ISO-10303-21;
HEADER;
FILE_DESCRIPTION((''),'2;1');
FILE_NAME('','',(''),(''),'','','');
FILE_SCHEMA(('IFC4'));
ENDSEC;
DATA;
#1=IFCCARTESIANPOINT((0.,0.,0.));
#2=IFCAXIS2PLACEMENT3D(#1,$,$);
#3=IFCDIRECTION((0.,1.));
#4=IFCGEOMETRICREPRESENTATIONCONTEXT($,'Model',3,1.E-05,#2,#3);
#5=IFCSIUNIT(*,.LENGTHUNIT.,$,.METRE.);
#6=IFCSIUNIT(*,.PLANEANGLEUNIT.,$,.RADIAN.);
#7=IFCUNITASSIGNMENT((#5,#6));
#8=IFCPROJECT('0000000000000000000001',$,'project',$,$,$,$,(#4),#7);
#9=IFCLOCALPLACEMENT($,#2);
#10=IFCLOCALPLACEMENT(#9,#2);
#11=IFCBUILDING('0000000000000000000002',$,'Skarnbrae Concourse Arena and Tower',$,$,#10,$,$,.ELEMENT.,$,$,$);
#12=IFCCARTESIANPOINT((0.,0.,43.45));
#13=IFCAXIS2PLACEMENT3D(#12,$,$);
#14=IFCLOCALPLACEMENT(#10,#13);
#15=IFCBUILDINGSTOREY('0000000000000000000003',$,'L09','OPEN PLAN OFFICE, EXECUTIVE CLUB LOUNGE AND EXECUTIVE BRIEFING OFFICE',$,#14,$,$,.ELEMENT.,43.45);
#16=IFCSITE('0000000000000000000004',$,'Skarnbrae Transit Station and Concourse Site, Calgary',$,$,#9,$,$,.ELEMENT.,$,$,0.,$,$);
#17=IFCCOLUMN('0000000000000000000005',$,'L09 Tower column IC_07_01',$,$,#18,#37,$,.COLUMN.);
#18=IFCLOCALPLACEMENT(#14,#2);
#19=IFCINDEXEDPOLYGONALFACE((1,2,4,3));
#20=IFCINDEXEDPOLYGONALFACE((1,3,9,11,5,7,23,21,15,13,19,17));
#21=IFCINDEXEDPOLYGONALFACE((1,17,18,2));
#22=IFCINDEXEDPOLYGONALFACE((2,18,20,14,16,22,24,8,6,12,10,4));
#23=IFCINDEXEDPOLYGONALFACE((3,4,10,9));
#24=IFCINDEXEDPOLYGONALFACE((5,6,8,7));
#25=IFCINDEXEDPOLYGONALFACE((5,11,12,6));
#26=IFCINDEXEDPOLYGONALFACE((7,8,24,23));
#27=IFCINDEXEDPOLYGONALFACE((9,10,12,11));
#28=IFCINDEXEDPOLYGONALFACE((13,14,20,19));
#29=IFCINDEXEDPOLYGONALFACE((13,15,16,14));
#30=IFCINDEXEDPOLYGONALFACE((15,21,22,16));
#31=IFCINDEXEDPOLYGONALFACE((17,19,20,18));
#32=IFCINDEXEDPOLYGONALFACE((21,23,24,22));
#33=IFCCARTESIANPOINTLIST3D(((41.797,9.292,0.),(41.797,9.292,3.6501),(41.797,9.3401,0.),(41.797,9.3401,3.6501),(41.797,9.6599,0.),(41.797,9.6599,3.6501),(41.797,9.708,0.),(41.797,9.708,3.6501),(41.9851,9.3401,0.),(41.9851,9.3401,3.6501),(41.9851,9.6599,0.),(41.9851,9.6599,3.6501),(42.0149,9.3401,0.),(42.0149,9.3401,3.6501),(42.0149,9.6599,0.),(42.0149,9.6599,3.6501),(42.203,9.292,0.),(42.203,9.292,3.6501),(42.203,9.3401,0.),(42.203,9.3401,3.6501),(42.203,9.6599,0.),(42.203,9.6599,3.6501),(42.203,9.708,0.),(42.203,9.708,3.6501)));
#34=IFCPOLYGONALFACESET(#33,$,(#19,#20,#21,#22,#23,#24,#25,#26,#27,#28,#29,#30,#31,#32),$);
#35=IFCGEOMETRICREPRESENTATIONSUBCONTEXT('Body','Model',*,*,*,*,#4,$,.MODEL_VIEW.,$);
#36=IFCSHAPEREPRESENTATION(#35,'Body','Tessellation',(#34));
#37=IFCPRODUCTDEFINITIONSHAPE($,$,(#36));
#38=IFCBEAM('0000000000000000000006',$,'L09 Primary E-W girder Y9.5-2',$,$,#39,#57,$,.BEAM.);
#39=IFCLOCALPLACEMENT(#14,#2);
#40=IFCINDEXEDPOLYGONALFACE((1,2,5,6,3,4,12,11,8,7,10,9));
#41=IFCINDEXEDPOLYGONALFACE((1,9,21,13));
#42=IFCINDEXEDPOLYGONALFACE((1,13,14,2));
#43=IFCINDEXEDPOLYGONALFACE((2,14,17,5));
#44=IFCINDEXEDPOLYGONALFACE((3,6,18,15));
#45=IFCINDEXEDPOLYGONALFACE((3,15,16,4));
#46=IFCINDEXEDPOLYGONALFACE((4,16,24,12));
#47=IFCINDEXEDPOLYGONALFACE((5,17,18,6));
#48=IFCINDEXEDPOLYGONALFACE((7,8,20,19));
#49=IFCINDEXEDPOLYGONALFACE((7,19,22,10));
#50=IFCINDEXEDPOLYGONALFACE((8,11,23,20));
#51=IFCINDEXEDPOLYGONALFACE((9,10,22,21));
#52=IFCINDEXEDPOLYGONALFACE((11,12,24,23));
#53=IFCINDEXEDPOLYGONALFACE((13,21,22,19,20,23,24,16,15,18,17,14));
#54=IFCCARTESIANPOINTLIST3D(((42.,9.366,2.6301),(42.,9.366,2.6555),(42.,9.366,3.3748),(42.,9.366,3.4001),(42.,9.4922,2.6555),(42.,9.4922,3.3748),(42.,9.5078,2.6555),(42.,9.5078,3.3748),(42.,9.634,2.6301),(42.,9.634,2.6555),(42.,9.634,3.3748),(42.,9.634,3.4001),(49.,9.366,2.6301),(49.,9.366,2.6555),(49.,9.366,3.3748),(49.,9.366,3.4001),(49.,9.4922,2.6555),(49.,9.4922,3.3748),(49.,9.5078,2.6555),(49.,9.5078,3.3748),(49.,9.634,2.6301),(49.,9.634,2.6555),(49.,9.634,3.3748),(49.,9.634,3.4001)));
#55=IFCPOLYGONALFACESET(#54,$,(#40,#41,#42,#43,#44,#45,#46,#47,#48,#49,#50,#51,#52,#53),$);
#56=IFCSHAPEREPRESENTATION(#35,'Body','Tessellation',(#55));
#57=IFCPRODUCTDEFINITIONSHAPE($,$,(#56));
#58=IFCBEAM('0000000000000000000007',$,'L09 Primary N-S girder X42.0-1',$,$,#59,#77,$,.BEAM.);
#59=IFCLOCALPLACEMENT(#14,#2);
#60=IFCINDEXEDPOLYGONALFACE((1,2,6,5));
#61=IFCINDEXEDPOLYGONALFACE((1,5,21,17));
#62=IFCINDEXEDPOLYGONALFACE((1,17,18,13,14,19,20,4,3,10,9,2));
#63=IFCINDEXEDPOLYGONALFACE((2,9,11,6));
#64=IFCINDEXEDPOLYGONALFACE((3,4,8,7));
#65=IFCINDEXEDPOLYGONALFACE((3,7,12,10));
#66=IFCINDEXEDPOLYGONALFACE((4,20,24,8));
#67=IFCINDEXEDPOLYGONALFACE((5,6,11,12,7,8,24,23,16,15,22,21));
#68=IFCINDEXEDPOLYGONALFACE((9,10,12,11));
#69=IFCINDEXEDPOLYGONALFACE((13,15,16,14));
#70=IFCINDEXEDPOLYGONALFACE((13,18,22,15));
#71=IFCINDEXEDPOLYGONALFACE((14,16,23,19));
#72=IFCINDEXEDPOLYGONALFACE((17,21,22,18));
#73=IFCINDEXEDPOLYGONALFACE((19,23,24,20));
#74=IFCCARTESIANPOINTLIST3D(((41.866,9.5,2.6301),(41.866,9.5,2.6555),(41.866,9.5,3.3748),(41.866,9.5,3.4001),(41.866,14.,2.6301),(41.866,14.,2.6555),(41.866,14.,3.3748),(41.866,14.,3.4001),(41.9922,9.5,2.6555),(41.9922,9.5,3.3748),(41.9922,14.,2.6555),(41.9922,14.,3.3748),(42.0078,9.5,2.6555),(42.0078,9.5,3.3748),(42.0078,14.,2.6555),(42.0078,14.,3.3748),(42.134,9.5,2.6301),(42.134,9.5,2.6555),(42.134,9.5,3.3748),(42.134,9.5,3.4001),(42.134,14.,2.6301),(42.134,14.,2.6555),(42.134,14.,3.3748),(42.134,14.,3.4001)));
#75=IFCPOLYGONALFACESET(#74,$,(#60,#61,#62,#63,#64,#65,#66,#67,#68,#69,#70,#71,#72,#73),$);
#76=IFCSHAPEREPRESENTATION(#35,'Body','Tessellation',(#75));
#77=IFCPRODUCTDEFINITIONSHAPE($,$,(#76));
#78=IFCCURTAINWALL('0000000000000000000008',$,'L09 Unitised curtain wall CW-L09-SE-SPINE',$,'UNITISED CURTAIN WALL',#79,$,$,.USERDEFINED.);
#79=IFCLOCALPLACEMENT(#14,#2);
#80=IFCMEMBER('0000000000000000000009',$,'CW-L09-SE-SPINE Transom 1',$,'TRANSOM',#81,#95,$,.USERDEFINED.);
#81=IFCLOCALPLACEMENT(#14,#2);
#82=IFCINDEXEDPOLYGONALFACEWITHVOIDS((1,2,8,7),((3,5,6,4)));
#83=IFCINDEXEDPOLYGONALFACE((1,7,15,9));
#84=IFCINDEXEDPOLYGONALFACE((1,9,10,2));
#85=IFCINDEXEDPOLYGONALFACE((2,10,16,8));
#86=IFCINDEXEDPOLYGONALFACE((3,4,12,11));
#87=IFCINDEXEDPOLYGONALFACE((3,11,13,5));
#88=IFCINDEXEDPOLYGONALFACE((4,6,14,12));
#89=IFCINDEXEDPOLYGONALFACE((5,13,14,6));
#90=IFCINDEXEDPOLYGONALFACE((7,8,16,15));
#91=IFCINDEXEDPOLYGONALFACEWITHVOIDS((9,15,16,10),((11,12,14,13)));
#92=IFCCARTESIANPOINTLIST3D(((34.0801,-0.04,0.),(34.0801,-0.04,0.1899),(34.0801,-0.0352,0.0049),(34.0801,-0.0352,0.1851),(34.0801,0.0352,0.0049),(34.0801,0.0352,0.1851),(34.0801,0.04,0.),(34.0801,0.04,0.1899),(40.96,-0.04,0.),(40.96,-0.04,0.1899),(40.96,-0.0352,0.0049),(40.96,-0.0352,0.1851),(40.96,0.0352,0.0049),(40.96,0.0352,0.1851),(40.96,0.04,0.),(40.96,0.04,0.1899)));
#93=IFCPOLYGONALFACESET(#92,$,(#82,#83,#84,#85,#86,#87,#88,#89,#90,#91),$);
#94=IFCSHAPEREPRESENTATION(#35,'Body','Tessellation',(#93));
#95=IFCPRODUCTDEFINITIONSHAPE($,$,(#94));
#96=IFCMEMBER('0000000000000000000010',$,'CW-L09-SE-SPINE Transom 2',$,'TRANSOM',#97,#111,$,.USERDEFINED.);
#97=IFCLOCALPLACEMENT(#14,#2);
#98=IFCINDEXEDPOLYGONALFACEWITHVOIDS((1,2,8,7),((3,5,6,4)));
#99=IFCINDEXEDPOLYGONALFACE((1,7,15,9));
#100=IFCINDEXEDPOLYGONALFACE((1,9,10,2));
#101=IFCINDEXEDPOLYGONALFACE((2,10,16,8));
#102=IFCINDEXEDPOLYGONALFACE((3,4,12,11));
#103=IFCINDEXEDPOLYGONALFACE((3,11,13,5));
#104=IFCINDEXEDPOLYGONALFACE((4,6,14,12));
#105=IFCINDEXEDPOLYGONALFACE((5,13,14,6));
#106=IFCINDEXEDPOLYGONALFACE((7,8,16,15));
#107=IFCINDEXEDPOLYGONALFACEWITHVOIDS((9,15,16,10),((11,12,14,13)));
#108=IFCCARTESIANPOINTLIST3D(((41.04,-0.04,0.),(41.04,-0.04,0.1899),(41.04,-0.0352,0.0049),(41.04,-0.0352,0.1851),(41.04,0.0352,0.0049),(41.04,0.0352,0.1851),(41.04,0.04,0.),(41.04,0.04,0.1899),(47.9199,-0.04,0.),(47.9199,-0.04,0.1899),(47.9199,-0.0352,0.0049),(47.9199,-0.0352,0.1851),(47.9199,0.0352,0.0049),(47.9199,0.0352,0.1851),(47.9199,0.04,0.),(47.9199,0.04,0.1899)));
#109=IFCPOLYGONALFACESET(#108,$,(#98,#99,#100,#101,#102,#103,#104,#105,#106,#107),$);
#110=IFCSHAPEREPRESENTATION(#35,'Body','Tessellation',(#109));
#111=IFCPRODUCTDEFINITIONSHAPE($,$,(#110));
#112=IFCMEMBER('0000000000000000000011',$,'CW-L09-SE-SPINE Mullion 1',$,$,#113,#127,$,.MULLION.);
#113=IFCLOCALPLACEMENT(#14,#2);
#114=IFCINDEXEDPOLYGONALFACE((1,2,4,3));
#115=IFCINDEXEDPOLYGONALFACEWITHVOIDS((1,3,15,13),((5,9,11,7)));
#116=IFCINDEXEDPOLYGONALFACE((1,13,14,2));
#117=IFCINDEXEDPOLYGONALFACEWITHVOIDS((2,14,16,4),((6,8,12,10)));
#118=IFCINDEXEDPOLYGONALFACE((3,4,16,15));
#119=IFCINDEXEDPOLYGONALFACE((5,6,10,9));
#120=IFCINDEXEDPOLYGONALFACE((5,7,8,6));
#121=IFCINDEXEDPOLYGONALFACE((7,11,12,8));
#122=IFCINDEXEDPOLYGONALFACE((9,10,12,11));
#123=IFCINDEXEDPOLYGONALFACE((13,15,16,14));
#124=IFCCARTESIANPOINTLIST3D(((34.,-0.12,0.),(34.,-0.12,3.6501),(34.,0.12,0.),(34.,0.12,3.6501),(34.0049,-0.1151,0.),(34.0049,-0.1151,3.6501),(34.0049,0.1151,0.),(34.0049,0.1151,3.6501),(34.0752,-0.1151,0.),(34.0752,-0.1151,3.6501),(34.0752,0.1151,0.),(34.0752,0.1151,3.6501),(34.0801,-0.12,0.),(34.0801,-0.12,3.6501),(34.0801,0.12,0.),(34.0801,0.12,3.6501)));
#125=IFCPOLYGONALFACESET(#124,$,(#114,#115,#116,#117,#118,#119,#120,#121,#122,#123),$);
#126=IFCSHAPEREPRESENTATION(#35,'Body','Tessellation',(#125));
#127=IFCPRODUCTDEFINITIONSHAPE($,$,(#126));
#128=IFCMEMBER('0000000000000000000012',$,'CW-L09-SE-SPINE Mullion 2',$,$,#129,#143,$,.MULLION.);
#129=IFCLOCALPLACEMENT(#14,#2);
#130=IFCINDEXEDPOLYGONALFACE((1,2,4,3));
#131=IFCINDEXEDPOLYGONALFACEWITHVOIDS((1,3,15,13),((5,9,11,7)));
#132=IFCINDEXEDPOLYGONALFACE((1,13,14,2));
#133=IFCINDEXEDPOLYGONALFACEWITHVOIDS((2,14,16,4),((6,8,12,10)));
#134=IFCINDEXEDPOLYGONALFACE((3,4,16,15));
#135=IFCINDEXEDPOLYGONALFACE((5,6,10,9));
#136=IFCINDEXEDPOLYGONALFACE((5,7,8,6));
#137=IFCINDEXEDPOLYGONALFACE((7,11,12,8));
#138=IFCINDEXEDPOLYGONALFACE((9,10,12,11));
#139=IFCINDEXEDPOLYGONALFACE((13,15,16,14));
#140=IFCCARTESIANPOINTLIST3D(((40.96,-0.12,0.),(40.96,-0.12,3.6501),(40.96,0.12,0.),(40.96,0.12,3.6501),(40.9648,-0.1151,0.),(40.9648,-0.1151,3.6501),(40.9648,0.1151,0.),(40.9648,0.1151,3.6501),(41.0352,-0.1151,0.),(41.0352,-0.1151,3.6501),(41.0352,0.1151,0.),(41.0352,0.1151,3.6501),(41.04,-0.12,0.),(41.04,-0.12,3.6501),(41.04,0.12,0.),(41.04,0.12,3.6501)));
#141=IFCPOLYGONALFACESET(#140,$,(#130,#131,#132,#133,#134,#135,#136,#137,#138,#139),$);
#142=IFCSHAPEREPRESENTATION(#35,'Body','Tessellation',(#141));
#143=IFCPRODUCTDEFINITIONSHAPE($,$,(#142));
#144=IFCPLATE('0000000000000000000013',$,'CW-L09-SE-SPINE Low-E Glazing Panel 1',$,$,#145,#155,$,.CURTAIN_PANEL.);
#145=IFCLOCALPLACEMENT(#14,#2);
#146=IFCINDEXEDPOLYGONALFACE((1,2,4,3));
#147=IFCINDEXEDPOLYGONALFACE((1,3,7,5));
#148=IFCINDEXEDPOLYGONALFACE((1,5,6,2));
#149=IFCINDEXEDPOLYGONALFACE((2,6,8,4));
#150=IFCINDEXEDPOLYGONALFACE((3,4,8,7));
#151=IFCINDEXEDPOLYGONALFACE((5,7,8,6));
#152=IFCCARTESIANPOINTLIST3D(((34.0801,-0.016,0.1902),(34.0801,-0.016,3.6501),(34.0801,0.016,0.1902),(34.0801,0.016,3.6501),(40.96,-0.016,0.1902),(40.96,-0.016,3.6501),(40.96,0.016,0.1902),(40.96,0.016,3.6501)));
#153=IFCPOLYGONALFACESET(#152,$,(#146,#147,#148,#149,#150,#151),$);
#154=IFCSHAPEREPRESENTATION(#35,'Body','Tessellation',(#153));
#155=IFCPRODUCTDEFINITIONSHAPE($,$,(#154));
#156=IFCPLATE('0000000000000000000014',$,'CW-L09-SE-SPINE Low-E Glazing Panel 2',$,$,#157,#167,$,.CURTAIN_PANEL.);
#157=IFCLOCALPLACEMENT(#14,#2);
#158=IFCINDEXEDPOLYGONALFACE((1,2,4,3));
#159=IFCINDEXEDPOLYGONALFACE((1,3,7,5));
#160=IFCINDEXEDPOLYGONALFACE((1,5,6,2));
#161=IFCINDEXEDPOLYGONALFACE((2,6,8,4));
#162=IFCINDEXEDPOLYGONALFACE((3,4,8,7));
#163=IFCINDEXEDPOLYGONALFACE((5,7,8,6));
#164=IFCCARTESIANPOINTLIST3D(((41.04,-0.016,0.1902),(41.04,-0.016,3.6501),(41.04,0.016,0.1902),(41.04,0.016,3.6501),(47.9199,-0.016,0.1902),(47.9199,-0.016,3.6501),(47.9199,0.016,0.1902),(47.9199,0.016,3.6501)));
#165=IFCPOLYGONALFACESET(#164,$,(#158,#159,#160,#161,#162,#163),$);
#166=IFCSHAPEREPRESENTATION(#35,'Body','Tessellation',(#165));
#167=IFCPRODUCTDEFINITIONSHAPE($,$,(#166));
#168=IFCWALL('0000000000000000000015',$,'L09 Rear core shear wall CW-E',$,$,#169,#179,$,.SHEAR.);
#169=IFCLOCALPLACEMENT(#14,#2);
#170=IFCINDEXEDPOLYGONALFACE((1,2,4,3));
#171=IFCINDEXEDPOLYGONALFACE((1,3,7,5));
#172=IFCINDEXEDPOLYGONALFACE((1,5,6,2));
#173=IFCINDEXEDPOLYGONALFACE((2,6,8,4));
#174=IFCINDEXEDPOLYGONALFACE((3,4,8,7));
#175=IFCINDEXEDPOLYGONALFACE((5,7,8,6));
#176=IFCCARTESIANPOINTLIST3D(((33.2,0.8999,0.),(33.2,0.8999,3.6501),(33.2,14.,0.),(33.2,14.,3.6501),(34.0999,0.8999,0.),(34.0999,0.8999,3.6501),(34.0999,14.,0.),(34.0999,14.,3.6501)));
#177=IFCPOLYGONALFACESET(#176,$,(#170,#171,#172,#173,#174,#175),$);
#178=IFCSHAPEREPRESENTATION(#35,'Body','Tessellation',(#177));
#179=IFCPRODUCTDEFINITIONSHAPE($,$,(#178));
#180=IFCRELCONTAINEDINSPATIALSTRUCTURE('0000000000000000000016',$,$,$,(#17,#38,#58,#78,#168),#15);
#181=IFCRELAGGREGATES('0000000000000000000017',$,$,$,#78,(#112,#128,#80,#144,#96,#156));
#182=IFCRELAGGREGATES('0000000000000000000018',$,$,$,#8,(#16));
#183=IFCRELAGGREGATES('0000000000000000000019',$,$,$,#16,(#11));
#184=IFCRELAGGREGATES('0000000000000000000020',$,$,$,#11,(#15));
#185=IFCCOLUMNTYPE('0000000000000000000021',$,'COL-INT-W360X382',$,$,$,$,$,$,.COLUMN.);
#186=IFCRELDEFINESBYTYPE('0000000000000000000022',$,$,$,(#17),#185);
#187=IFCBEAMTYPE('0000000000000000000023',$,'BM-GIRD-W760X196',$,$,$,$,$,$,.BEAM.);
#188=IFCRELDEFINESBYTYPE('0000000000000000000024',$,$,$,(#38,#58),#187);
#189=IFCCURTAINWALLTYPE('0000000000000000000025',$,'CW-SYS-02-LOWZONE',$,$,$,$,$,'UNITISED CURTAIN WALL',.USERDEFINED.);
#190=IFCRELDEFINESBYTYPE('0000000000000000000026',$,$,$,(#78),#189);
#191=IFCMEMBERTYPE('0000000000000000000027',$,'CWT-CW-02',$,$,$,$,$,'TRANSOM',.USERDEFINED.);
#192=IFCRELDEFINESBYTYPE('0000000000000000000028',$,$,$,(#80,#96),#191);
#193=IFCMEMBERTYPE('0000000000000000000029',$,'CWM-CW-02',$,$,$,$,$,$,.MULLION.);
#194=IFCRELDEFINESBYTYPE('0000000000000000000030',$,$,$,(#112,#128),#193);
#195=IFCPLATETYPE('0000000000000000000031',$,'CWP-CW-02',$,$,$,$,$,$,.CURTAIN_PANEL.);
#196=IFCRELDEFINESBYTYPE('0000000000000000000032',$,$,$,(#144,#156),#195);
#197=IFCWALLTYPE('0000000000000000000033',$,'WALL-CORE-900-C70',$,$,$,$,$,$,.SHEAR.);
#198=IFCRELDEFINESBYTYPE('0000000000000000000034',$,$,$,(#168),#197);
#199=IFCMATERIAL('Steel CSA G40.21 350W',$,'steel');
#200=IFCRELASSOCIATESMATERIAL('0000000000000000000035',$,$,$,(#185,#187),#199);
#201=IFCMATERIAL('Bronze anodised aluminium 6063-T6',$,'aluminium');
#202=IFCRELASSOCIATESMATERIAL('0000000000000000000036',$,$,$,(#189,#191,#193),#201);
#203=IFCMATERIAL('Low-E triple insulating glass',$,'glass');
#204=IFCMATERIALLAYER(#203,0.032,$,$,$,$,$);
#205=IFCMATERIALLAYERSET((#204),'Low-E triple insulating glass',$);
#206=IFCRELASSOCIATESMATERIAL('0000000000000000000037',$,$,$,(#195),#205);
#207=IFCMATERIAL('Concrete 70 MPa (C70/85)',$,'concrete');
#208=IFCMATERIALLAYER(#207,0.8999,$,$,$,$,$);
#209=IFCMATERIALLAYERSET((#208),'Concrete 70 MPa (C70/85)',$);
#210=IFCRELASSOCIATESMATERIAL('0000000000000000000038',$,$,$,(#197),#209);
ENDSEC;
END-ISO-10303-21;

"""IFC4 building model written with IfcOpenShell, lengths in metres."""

from ifc_helpers import new_model, si_unit, direction, frame, frame_2d, origin, origin_2d, place, context, subcontext, project, spatial, rectangle, hollow_rectangle, i_section, extrude, source, transform, mapped, material, layer, layer_set, material_profile, profile_set, type_object, element, aggregate, save


model = new_model("IFC4")

# Units and contexts
model_context = context("Model", 3, precision=1e-05, world=origin(), true_north=direction((0.0, 1.0)))
body_context = subcontext(model_context, "Body", "Model", "MODEL_VIEW")
ifc_project = project(units=[si_unit("LENGTHUNIT", "METRE"), si_unit("PLANEANGLEUNIT", "RADIAN")], contexts=[model_context])

# Site, building, storey
site_placement = place(None, origin())
site = spatial("IfcSite", under=ifc_project, at=site_placement, Name="Skarnbrae Transit Station and Concourse Site, Calgary", CompositionType="ELEMENT", RefElevation=0.0)
building_placement = place(site_placement, origin())
building = spatial("IfcBuilding", under=site, at=building_placement, Name="Skarnbrae Concourse Arena and Tower", CompositionType="ELEMENT")
storey_placement = place(building_placement, frame((0.0, 0.0, 43.45)))
storey = spatial("IfcBuildingStorey", under=building, at=storey_placement, Name="L09", Description="OPEN PLAN OFFICE, EXECUTIVE CLUB LOUNGE AND EXECUTIVE BRIEFING OFFICE", CompositionType="ELEMENT", Elevation=43.45)

# Column
ifc_material_1 = material(Name="Steel CSA G40.21 350W", Category="steel")
ifc_material_profile_1 = material_profile(ifc_material_1, i_section(OverallWidth=0.406, OverallDepth=0.416, WebThickness=0.0298, FlangeThickness=0.0481, at=origin_2d()), Name="W360X382")
ifc_profile_set_1 = profile_set([ifc_material_profile_1], Name="Steel CSA G40.21 350W")
column_type = type_object("IfcColumnType", Name="COL-INT-W360X382", PredefinedType="COLUMN", material=ifc_profile_set_1)
shared_shape_1 = source(origin(), body_context, "Body", "SweptSolid", [
    extrude(i_section(OverallWidth=0.406, OverallDepth=0.416, WebThickness=0.0298, FlangeThickness=0.0481, at=origin_2d()), origin(), (0.0, 0.0, 1.0), 3.6501),
])
column_placement = place(storey_placement, frame((42.0, 9.5, 0.0), z_axis=(0.0, 0.0, 1.0), x_axis=(1.0, 0.0, 0.0)))
element("IfcColumn", 1, at=column_placement, inside=storey, type_object=column_type, Name="L09 Tower column IC_07_01", PredefinedType="COLUMN", context=body_context, shape_type="MappedRepresentation", body=[
    mapped(shared_shape_1, transform((0.0, 0.0, 0.0))),
])

# Beams
ifc_material_profile_2 = material_profile(ifc_material_1, i_section(OverallWidth=0.2681, OverallDepth=0.77, WebThickness=0.0156, FlangeThickness=0.0254, at=origin_2d()), Name="W760X196")
ifc_profile_set_2 = profile_set([ifc_material_profile_2], Name="Steel CSA G40.21 350W")
beam_type = type_object("IfcBeamType", Name="BM-GIRD-W760X196", PredefinedType="BEAM", material=ifc_profile_set_2)
shared_shape_2 = source(origin(), body_context, "Body", "SweptSolid", [
    extrude(i_section(OverallWidth=0.2681, OverallDepth=0.77, WebThickness=0.0156, FlangeThickness=0.0254, at=origin_2d()), origin(), (0.0, 0.0, 1.0), 7.0),
])
beam_1_placement = place(storey_placement, frame((42.0, 9.5, 3.0151), z_axis=(1.0, 0.0, 0.0), x_axis=(0.0, 1.0, 0.0)))
element("IfcBeam", 2, at=beam_1_placement, inside=storey, type_object=beam_type, Name="L09 Primary E-W girder Y9.5-2", PredefinedType="BEAM", context=body_context, shape_type="MappedRepresentation", body=[
    mapped(shared_shape_2, transform((0.0, 0.0, 0.0))),
])
shared_shape_3 = source(origin(), body_context, "Body", "SweptSolid", [
    extrude(i_section(OverallWidth=0.2681, OverallDepth=0.77, WebThickness=0.0156, FlangeThickness=0.0254, at=origin_2d()), origin(), (0.0, 0.0, 1.0), 4.5),
])
beam_2_placement = place(storey_placement, frame((42.0, 9.5, 3.0151), z_axis=(0.0, 1.0, 0.0), x_axis=(-1.0, 0.0, 0.0)))
element("IfcBeam", 3, at=beam_2_placement, inside=storey, type_object=beam_type, Name="L09 Primary N-S girder X42.0-1", PredefinedType="BEAM", context=body_context, shape_type="MappedRepresentation", body=[
    mapped(shared_shape_3, transform((0.0, 0.0, 0.0))),
])

# Curtain wall, members, plates
ifc_material_2 = material(Name="Bronze anodised aluminium 6063-T6", Category="aluminium")
curtain_wall_type = type_object("IfcCurtainWallType", Name="CW-SYS-02-LOWZONE", ElementType="UNITISED CURTAIN WALL", PredefinedType="USERDEFINED", material=ifc_material_2)
curtain_wall_placement = place(storey_placement, origin())
curtain_wall = element("IfcCurtainWall", 4, at=curtain_wall_placement, inside=storey, type_object=curtain_wall_type, Name="L09 Unitised curtain wall CW-L09-SE-SPINE", ObjectType="UNITISED CURTAIN WALL", PredefinedType="USERDEFINED")
ifc_material_profile_3 = material_profile(ifc_material_2, hollow_rectangle(XDim=0.0801, YDim=0.1899, WallThickness=0.0049, at=origin_2d()), Name="ALU-TRAN-80X190")
ifc_profile_set_3 = profile_set([ifc_material_profile_3], Name="Bronze anodised aluminium 6063-T6")
member_type_1 = type_object("IfcMemberType", Name="CWT-CW-02", ElementType="TRANSOM", PredefinedType="USERDEFINED", material=ifc_profile_set_3)
shared_shape_4 = source(origin(), body_context, "Body", "SweptSolid", [
    extrude(hollow_rectangle(XDim=0.0801, YDim=0.1899, WallThickness=0.0049, at=origin_2d()), origin(), (0.0, 0.0, 1.0), 6.8799),
])
member_1_placement = place(storey_placement, frame((34.0801, 0.0, 0.095), z_axis=(1.0, 0.0, 0.0), x_axis=(0.0, 1.0, 0.0)))
member_1 = element("IfcMember", 5, at=member_1_placement, type_object=member_type_1, Name="CW-L09-SE-SPINE Transom 1", ObjectType="TRANSOM", PredefinedType="USERDEFINED", context=body_context, shape_type="MappedRepresentation", body=[
    mapped(shared_shape_4, transform((0.0, 0.0, 0.0))),
])
member_2_placement = place(storey_placement, frame((41.04, 0.0, 0.095), z_axis=(1.0, 0.0, 0.0), x_axis=(0.0, 1.0, 0.0)))
member_2 = element("IfcMember", 6, at=member_2_placement, type_object=member_type_1, Name="CW-L09-SE-SPINE Transom 2", ObjectType="TRANSOM", PredefinedType="USERDEFINED", context=body_context, shape_type="MappedRepresentation", body=[
    mapped(shared_shape_4, transform((0.0, 0.0, 0.0))),
])
ifc_material_profile_4 = material_profile(ifc_material_2, hollow_rectangle(XDim=0.0801, YDim=0.24, WallThickness=0.0049, at=origin_2d()), Name="ALU-MULL-80X240")
ifc_profile_set_4 = profile_set([ifc_material_profile_4], Name="Bronze anodised aluminium 6063-T6")
member_type_2 = type_object("IfcMemberType", Name="CWM-CW-02", PredefinedType="MULLION", material=ifc_profile_set_4)
shared_shape_5 = source(origin(), body_context, "Body", "SweptSolid", [
    extrude(hollow_rectangle(XDim=0.0801, YDim=0.24, WallThickness=0.0049, at=origin_2d()), origin(), (0.0, 0.0, 1.0), 3.6501),
])
member_3_placement = place(storey_placement, frame((34.04, 0.0, 0.0), z_axis=(0.0, 0.0, 1.0), x_axis=(1.0, 0.0, 0.0)))
member_3 = element("IfcMember", 7, at=member_3_placement, type_object=member_type_2, Name="CW-L09-SE-SPINE Mullion 1", PredefinedType="MULLION", context=body_context, shape_type="MappedRepresentation", body=[
    mapped(shared_shape_5, transform((0.0, 0.0, 0.0))),
])
member_4_placement = place(storey_placement, frame((41.0, 0.0, 0.0), z_axis=(0.0, 0.0, 1.0), x_axis=(1.0, 0.0, 0.0)))
member_4 = element("IfcMember", 8, at=member_4_placement, type_object=member_type_2, Name="CW-L09-SE-SPINE Mullion 2", PredefinedType="MULLION", context=body_context, shape_type="MappedRepresentation", body=[
    mapped(shared_shape_5, transform((0.0, 0.0, 0.0))),
])
ifc_material_3 = material(Name="Low-E triple insulating glass", Category="glass")
ifc_layer_1 = layer(ifc_material_3, 0.032)
ifc_layer_set_1 = layer_set([ifc_layer_1], Name="Low-E triple insulating glass")
plate_type = type_object("IfcPlateType", Name="CWP-CW-02", PredefinedType="CURTAIN_PANEL", material=ifc_layer_set_1)
shared_shape_6 = source(origin(), body_context, "Body", "SweptSolid", [
    extrude(rectangle(XDim=6.8799, YDim=0.032, at=origin_2d()), origin(), (0.0, 0.0, 1.0), 3.46),
])
plate_1_placement = place(storey_placement, frame((37.52, 0.0, 0.1902), z_axis=(0.0, 0.0, 1.0), x_axis=(1.0, 0.0, 0.0)))
plate_1 = element("IfcPlate", 9, at=plate_1_placement, type_object=plate_type, Name="CW-L09-SE-SPINE Low-E Glazing Panel 1", PredefinedType="CURTAIN_PANEL", context=body_context, shape_type="MappedRepresentation", body=[
    mapped(shared_shape_6, transform((0.0, 0.0, 0.0))),
])
plate_2_placement = place(storey_placement, frame((44.48, 0.0, 0.1902), z_axis=(0.0, 0.0, 1.0), x_axis=(1.0, 0.0, 0.0)))
plate_2 = element("IfcPlate", 10, at=plate_2_placement, type_object=plate_type, Name="CW-L09-SE-SPINE Low-E Glazing Panel 2", PredefinedType="CURTAIN_PANEL", context=body_context, shape_type="MappedRepresentation", body=[
    mapped(shared_shape_6, transform((0.0, 0.0, 0.0))),
])
aggregate(curtain_wall, [member_3, member_4, member_1, plate_1, member_2, plate_2])

# Wall
ifc_material_4 = material(Name="Concrete 70 MPa (C70/85)", Category="concrete")
ifc_layer_2 = layer(ifc_material_4, 0.8999)
ifc_layer_set_2 = layer_set([ifc_layer_2], Name="Concrete 70 MPa (C70/85)")
wall_type_1 = type_object("IfcWallType", Name="WALL-CORE-900-C70", PredefinedType="SHEAR", material=ifc_layer_set_2)
shared_shape_7 = source(origin(), body_context, "Body", "SweptSolid", [
    extrude(rectangle(XDim=13.1001, YDim=0.8999, at=frame_2d((6.55, 0.0))), origin(), (0.0, 0.0, 1.0), 3.6501),
])
wall_1_placement = place(storey_placement, frame((33.6499, 0.8999, 0.0), z_axis=(0.0, 0.0, 1.0), x_axis=(0.0, 1.0, 0.0)))
element("IfcWall", 11, at=wall_1_placement, inside=storey, type_object=wall_type_1, Name="L09 Rear core shear wall CW-E", PredefinedType="SHEAR", context=body_context, shape_type="MappedRepresentation", body=[
    mapped(shared_shape_7, transform((0.0, 0.0, 0.0))),
])

save(model, "model.ifc")
